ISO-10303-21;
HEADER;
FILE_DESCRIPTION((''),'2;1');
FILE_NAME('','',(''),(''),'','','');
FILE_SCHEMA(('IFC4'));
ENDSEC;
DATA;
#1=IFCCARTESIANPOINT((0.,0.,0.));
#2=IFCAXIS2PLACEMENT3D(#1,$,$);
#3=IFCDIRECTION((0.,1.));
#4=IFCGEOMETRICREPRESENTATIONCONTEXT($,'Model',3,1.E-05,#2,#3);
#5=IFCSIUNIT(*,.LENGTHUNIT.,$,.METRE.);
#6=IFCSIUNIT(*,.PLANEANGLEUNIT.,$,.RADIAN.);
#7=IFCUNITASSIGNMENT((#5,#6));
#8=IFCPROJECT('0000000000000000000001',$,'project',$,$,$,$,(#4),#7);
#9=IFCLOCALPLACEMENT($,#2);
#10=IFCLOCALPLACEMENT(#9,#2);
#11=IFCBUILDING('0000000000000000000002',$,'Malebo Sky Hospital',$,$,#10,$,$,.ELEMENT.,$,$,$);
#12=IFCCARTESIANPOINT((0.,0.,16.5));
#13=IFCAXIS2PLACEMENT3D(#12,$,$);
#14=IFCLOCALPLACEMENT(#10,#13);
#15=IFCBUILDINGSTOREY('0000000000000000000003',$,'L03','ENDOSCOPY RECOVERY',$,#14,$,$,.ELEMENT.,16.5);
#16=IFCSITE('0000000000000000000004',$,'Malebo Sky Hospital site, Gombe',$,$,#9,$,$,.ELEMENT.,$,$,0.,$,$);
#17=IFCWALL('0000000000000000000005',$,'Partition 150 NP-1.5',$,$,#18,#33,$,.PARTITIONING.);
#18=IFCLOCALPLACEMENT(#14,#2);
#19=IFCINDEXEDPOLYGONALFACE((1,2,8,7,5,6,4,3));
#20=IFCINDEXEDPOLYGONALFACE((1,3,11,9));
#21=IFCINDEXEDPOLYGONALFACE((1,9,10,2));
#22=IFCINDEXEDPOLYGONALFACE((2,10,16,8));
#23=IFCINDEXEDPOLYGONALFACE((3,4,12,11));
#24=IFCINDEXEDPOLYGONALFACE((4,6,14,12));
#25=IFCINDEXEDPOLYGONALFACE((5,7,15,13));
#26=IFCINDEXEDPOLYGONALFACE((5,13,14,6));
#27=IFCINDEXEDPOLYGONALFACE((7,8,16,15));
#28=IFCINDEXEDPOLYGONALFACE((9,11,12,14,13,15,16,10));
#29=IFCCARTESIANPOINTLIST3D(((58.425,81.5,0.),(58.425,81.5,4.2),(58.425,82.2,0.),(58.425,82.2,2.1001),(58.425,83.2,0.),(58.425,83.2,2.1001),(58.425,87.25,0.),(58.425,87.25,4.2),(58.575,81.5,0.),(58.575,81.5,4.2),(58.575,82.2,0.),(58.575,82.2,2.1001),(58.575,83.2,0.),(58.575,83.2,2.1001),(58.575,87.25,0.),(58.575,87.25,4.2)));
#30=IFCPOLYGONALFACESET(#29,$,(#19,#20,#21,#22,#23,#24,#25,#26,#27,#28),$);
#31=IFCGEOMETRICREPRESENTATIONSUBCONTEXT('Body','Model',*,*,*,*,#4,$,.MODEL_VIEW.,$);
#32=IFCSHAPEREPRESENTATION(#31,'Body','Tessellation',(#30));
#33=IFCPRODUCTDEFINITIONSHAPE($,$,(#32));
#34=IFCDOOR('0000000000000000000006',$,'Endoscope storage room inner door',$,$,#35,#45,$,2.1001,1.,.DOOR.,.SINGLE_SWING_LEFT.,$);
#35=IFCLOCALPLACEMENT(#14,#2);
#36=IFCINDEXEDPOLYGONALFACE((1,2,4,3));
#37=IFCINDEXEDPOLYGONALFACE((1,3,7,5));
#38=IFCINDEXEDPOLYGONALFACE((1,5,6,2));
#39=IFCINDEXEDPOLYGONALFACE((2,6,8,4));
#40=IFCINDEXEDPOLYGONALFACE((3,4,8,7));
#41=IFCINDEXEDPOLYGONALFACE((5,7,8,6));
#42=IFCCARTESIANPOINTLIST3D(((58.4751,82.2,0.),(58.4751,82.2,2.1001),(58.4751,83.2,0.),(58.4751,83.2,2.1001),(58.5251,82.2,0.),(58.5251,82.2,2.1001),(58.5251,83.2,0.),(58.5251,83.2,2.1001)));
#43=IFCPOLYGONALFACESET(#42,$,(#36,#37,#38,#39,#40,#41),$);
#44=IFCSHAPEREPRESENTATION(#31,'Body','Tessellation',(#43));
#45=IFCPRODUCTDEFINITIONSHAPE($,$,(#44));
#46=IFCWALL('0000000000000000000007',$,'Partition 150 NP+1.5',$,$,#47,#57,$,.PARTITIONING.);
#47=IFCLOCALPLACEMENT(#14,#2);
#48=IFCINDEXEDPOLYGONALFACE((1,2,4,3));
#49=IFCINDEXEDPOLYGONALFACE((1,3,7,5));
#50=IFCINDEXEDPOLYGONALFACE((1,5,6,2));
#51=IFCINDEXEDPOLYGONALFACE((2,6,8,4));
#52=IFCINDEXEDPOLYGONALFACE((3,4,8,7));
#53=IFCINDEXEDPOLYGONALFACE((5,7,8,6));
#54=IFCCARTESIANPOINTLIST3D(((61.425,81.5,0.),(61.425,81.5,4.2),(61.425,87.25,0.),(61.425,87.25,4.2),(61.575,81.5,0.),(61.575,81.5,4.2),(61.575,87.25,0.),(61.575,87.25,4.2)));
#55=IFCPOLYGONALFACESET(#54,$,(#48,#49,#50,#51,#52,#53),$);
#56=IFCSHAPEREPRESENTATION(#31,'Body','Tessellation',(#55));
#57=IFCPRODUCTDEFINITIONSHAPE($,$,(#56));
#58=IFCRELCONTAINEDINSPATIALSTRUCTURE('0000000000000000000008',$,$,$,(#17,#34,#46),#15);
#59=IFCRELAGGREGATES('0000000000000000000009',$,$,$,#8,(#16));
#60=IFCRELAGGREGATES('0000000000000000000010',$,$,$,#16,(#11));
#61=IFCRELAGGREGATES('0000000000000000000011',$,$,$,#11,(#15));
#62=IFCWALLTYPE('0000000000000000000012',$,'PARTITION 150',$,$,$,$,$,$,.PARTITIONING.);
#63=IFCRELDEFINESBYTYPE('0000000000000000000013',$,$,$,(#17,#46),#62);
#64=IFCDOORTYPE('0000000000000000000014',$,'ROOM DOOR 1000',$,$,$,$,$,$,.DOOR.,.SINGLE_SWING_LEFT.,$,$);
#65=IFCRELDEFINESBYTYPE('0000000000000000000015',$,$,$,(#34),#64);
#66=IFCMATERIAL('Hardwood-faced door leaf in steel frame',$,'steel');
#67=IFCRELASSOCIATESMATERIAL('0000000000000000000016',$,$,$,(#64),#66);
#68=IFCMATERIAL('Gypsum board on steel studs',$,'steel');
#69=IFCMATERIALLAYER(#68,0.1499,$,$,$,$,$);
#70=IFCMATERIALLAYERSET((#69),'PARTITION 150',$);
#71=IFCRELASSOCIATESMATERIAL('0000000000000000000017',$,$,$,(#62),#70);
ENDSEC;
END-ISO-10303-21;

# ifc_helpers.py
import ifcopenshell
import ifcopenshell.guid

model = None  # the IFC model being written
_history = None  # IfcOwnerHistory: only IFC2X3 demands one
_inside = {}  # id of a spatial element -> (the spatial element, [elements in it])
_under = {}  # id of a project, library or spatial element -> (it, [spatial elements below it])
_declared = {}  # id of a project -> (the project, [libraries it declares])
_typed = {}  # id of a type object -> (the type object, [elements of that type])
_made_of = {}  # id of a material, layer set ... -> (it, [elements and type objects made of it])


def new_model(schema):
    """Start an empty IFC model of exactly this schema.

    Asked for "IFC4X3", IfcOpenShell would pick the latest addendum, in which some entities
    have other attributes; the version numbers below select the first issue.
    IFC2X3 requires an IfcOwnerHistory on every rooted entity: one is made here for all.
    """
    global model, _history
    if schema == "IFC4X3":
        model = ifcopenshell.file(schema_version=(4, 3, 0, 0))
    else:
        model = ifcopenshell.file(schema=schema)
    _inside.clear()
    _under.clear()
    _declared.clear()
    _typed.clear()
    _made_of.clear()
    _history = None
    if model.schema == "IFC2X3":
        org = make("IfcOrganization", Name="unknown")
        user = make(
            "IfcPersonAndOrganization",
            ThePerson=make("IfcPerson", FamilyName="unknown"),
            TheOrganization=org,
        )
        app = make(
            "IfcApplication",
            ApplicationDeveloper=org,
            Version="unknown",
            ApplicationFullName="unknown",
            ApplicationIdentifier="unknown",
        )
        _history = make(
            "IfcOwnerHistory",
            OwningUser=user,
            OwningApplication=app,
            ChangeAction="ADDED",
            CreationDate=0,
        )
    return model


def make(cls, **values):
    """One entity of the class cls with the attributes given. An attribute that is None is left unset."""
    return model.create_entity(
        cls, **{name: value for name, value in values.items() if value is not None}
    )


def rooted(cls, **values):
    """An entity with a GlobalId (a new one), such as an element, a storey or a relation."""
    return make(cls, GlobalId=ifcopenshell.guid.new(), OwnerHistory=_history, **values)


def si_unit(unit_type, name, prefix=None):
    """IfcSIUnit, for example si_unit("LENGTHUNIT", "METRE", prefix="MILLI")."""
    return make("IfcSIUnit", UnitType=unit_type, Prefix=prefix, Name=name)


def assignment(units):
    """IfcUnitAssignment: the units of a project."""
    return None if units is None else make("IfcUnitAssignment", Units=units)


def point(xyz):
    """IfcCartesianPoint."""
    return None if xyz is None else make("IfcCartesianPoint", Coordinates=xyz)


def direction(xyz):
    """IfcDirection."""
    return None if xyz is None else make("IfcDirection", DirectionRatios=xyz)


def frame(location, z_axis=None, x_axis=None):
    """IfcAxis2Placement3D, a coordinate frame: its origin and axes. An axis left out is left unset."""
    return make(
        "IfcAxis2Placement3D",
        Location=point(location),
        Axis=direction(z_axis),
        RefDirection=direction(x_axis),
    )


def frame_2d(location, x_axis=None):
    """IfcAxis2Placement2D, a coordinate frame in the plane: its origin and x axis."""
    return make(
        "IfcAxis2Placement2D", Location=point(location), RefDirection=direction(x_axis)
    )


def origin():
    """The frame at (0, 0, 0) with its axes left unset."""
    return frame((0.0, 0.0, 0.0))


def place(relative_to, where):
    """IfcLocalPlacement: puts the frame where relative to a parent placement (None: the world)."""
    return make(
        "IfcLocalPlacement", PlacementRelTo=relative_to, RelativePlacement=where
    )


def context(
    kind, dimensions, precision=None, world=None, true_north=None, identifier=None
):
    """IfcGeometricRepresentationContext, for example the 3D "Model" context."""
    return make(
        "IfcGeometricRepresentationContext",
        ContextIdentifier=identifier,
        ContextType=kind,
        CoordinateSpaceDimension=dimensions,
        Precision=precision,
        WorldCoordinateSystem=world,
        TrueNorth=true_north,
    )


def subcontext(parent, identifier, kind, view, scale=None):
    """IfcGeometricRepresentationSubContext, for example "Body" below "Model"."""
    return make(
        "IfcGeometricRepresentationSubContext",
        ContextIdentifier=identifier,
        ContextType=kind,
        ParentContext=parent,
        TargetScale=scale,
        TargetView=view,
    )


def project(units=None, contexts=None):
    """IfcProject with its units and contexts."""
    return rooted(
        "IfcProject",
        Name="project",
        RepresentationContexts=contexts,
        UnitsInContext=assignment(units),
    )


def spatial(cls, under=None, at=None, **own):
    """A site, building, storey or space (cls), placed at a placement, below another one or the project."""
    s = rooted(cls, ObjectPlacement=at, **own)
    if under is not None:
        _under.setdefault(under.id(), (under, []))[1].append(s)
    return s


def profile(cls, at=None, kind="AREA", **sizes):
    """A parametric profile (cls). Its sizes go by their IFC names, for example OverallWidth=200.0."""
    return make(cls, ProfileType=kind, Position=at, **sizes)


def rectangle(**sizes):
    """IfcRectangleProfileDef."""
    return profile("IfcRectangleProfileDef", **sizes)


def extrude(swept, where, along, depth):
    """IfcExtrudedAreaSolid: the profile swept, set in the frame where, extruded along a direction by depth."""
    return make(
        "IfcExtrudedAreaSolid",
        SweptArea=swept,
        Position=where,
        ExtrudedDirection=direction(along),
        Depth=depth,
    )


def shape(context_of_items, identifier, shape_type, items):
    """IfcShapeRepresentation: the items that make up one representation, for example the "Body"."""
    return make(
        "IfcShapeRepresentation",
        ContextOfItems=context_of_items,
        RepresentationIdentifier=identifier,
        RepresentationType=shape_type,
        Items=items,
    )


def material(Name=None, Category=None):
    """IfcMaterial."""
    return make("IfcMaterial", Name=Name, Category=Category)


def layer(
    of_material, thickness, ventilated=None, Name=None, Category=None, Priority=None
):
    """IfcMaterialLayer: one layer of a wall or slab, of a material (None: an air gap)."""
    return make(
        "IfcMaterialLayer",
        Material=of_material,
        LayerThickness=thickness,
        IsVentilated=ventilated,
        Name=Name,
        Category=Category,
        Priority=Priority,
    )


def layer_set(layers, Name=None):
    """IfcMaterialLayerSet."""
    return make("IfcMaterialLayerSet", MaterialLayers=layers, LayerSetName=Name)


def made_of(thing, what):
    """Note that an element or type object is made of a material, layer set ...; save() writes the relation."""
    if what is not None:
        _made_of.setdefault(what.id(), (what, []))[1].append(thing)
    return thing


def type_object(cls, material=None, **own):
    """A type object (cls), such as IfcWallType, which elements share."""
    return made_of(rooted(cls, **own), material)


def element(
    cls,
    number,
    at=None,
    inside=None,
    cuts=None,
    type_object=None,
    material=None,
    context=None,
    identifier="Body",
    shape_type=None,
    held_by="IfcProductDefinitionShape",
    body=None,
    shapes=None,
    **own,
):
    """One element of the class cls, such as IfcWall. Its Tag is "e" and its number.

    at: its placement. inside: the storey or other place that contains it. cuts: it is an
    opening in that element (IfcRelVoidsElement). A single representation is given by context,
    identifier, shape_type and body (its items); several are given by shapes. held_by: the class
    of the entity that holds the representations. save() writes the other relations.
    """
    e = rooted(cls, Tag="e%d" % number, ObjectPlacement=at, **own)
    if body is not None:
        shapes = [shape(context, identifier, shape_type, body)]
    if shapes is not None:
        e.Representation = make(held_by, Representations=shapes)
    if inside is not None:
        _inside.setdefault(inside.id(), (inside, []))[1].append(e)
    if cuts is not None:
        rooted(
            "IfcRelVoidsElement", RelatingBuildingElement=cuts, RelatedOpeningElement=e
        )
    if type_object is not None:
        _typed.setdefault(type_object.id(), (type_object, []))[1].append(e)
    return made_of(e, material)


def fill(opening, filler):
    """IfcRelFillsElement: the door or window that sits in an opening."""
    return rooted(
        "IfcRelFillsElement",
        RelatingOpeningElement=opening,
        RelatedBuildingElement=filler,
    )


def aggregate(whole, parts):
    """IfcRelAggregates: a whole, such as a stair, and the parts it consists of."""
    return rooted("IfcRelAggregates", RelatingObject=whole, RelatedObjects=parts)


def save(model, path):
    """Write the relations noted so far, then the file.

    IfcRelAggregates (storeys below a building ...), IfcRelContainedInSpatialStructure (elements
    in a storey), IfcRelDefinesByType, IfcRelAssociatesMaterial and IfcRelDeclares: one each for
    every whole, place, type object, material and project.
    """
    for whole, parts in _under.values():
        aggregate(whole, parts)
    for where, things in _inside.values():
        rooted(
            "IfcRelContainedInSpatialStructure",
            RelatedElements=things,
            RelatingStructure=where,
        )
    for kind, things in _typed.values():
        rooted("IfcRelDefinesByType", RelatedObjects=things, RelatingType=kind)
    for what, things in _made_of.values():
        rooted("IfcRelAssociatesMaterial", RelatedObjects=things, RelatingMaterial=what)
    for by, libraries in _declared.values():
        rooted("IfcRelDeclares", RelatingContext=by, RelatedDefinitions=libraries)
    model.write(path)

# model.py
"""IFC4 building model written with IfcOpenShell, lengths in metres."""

from ifc_helpers import new_model, si_unit, direction, frame, frame_2d, origin, place, context, subcontext, project, spatial, rectangle, extrude, material, layer, layer_set, type_object, element, fill, save


model = new_model("IFC4")

# Units and contexts
model_context = context("Model", 3, precision=1e-05, world=origin(), true_north=direction((0.0, 1.0)))
body_context = subcontext(model_context, "Body", "Model", "MODEL_VIEW")
ifc_project = project(units=[si_unit("LENGTHUNIT", "METRE"), si_unit("PLANEANGLEUNIT", "RADIAN")], contexts=[model_context])

# Site, building, storey
site_placement = place(None, origin())
site = spatial("IfcSite", under=ifc_project, at=site_placement, Name="Malebo Sky Hospital site, Gombe", CompositionType="ELEMENT", RefElevation=0.0)
building_placement = place(site_placement, origin())
building = spatial("IfcBuilding", under=site, at=building_placement, Name="Malebo Sky Hospital", CompositionType="ELEMENT")
storey_placement = place(building_placement, frame((0.0, 0.0, 16.5)))
storey = spatial("IfcBuildingStorey", under=building, at=storey_placement, Name="L03", Description="ENDOSCOPY RECOVERY", CompositionType="ELEMENT", Elevation=16.5)

# Wall, opening, door
ifc_material_1 = material(Name="Gypsum board on steel studs", Category="steel")
ifc_material_2 = material(Name="Hardwood-faced door leaf in steel frame", Category="steel")
door_type = type_object("IfcDoorType", Name="ROOM DOOR 1000", OperationType="SINGLE_SWING_LEFT", PredefinedType="DOOR", material=ifc_material_2)
ifc_layer_1 = layer(ifc_material_1, 0.1499)
ifc_layer_set_1 = layer_set([ifc_layer_1], Name="PARTITION 150")
wall_type_1 = type_object("IfcWallType", Name="PARTITION 150", PredefinedType="PARTITIONING", material=ifc_layer_set_1)
wall_1_placement = place(storey_placement, frame((58.5, 81.5, 0.0), z_axis=(0.0, 0.0, 1.0), x_axis=(0.0, 1.0, 0.0)))
wall_1 = element("IfcWall", 1, at=wall_1_placement, inside=storey, type_object=wall_type_1, Name="Partition 150 NP-1.5", PredefinedType="PARTITIONING", context=body_context, shape_type="SweptSolid", body=[
    extrude(rectangle(XDim=5.75, YDim=0.1499, at=frame_2d((2.875, 0.0))), origin(), (0.0, 0.0, 1.0), 4.2),
])
opening_1_placement = place(wall_1_placement, frame((0.7, 0.0, 0.0)))
opening_1 = element("IfcOpeningElement", 2, at=opening_1_placement, cuts=wall_1, PredefinedType="OPENING", context=body_context, shape_type="SweptSolid", body=[
    extrude(rectangle(XDim=1.0, YDim=2.1001, at=frame_2d((0.5, 1.05))), frame((0.0, 0.085, 0.0), z_axis=(0.0, -1.0, 0.0), x_axis=(1.0, 0.0, 0.0)), (0.0, 0.0, 1.0), 0.1699),
])
door_1_placement = place(opening_1_placement, origin())
door_1 = element("IfcDoor", 3, at=door_1_placement, inside=storey, type_object=door_type, Name="Endoscope storage room inner door", OperationType="SINGLE_SWING_LEFT", OverallHeight=2.1001, OverallWidth=1.0, PredefinedType="DOOR", context=body_context, shape_type="SweptSolid", body=[
    extrude(rectangle(XDim=1.0, YDim=2.1001, at=frame_2d((0.5, 1.05))), frame((0.0, 0.0249, 0.0), z_axis=(0.0, -1.0, 0.0), x_axis=(1.0, 0.0, 0.0)), (0.0, 0.0, 1.0), 0.05),
])
fill(opening_1, door_1)

# Wall
wall_2_placement = place(storey_placement, frame((61.5, 81.5, 0.0), z_axis=(0.0, 0.0, 1.0), x_axis=(0.0, 1.0, 0.0)))
element("IfcWall", 4, at=wall_2_placement, inside=storey, type_object=wall_type_1, Name="Partition 150 NP+1.5", PredefinedType="PARTITIONING", context=body_context, shape_type="SweptSolid", body=[
    extrude(rectangle(XDim=5.75, YDim=0.1499, at=frame_2d((2.875, 0.0))), origin(), (0.0, 0.0, 1.0), 4.2),
])

save(model, "model.ifc")
